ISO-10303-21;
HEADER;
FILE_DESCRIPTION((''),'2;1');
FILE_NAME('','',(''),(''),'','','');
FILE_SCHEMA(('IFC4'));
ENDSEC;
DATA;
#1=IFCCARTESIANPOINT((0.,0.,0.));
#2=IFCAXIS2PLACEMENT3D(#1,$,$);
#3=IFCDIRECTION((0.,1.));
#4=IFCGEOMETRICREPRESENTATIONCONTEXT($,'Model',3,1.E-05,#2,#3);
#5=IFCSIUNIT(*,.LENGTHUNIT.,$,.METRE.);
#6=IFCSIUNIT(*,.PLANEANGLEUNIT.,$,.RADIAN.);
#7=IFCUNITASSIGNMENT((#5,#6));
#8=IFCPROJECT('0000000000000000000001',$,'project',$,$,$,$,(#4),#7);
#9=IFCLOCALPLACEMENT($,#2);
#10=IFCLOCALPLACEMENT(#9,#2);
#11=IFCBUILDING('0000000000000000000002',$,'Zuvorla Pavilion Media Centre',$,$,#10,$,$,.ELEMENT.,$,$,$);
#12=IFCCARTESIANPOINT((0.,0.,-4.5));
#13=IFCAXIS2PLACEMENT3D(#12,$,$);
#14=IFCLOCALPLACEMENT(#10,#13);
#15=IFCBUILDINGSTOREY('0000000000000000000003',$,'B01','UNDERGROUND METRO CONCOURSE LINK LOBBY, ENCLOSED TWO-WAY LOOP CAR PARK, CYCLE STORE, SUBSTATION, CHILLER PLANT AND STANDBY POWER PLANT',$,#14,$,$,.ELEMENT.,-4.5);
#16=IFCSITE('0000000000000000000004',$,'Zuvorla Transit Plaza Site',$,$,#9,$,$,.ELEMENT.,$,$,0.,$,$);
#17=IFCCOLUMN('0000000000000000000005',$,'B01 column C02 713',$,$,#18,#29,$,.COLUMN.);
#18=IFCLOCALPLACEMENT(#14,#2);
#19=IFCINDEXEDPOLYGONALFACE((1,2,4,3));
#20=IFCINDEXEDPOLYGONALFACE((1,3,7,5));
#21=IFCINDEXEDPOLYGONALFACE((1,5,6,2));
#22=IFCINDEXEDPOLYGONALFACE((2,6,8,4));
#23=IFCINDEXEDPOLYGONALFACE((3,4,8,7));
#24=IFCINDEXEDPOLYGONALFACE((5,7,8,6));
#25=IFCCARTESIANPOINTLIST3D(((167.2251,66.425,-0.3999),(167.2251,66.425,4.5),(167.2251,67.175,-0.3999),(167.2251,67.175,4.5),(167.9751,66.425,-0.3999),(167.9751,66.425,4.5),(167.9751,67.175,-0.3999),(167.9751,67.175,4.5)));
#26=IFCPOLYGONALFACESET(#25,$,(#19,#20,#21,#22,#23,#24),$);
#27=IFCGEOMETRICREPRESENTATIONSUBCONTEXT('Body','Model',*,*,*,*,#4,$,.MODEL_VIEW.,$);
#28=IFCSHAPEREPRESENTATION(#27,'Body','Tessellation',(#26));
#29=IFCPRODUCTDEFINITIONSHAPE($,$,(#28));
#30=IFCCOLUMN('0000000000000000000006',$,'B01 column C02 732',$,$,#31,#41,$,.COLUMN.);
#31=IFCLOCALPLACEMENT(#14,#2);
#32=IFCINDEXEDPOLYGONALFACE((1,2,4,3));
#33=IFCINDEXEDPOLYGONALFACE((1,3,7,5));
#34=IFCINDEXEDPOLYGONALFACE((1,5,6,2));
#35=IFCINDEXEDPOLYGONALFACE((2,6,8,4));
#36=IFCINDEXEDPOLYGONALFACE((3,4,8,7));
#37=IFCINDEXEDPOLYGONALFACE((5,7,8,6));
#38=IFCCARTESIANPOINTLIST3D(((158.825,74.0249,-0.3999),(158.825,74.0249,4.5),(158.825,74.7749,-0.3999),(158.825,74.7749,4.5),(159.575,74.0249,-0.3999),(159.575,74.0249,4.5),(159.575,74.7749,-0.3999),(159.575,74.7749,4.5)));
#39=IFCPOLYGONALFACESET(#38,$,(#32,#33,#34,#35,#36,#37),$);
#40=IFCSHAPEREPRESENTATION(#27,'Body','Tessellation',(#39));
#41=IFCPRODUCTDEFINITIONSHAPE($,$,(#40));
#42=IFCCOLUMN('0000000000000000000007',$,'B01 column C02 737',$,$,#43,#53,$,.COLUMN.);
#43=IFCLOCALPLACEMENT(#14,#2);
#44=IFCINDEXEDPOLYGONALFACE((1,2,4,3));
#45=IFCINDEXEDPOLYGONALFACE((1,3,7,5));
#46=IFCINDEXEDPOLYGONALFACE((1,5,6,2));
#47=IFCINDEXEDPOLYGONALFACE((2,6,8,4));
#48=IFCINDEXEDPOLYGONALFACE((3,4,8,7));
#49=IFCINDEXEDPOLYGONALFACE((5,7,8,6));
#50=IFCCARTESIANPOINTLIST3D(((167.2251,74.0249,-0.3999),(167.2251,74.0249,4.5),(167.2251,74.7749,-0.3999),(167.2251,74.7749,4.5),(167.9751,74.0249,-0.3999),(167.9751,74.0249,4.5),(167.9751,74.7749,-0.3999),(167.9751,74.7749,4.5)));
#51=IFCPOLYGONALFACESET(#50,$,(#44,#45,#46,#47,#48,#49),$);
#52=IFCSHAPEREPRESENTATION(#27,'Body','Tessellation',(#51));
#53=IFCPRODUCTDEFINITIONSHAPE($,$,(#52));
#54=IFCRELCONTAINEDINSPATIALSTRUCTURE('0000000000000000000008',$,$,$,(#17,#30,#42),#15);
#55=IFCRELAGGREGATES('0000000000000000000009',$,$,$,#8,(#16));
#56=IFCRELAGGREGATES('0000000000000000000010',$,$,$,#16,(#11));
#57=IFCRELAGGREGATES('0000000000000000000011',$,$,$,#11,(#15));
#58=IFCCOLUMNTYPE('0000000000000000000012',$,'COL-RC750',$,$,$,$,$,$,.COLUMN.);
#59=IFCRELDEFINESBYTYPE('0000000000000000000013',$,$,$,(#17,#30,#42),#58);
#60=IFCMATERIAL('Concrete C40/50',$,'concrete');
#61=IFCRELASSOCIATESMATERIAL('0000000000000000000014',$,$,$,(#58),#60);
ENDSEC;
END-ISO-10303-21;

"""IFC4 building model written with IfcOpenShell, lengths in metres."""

from ifc_helpers import new_model, si_unit, direction, frame, origin, origin_2d, place, context, subcontext, project, spatial, rectangle, extrude, material, material_profile, profile_set, type_object, element, save


model = new_model("IFC4")

# Units and contexts
model_context = context("Model", 3, precision=1e-05, world=origin(), true_north=direction((0.0, 1.0)))
body_context = subcontext(model_context, "Body", "Model", "MODEL_VIEW")
ifc_project = project(units=[si_unit("LENGTHUNIT", "METRE"), si_unit("PLANEANGLEUNIT", "RADIAN")], contexts=[model_context])

# Site, building, storey
site_placement = place(None, origin())
site = spatial("IfcSite", under=ifc_project, at=site_placement, Name="Zuvorla Transit Plaza Site", CompositionType="ELEMENT", RefElevation=0.0)
building_placement = place(site_placement, origin())
building = spatial("IfcBuilding", under=site, at=building_placement, Name="Zuvorla Pavilion Media Centre", CompositionType="ELEMENT")
storey_placement = place(building_placement, frame((0.0, 0.0, -4.5)))
storey = spatial("IfcBuildingStorey", under=building, at=storey_placement, Name="B01", Description="UNDERGROUND METRO CONCOURSE LINK LOBBY, ENCLOSED TWO-WAY LOOP CAR PARK, CYCLE STORE, SUBSTATION, CHILLER PLANT AND STANDBY POWER PLANT", CompositionType="ELEMENT", Elevation=-4.5)

# Shared definitions
ifc_material = material(Name="Concrete C40/50", Category="concrete")

# Columns
ifc_material_profile_1 = material_profile(ifc_material, rectangle(XDim=0.75, YDim=0.75, at=origin_2d()), Name="RC 750x750")
ifc_profile_set_1 = profile_set([ifc_material_profile_1], Name="Concrete C40/50")
column_type = type_object("IfcColumnType", Name="COL-RC750", PredefinedType="COLUMN", material=ifc_profile_set_1)
for number, where, z_axis, x_axis, name in (
    (1, (167.6001, 66.8, -0.3999), (0.0, 0.0, 1.0), (1.0, 0.0, 0.0), "B01 column C02 713"),
    (2, (159.2, 74.3999, -0.3999), (0.0, 0.0, 1.0), (1.0, 0.0, 0.0), "B01 column C02 732"),
    (3, (167.6001, 74.3999, -0.3999), (0.0, 0.0, 1.0), (1.0, 0.0, 0.0), "B01 column C02 737"),
):
    element("IfcColumn", number, at=place(storey_placement, frame(where, z_axis=z_axis, x_axis=x_axis)), inside=storey, type_object=column_type, Name=name, PredefinedType="COLUMN", context=body_context, shape_type="SweptSolid", body=[
        extrude(rectangle(XDim=0.75, YDim=0.75, at=origin_2d()), origin(), (0.0, 0.0, 1.0), 4.8999),
    ])

save(model, "model.ifc")
